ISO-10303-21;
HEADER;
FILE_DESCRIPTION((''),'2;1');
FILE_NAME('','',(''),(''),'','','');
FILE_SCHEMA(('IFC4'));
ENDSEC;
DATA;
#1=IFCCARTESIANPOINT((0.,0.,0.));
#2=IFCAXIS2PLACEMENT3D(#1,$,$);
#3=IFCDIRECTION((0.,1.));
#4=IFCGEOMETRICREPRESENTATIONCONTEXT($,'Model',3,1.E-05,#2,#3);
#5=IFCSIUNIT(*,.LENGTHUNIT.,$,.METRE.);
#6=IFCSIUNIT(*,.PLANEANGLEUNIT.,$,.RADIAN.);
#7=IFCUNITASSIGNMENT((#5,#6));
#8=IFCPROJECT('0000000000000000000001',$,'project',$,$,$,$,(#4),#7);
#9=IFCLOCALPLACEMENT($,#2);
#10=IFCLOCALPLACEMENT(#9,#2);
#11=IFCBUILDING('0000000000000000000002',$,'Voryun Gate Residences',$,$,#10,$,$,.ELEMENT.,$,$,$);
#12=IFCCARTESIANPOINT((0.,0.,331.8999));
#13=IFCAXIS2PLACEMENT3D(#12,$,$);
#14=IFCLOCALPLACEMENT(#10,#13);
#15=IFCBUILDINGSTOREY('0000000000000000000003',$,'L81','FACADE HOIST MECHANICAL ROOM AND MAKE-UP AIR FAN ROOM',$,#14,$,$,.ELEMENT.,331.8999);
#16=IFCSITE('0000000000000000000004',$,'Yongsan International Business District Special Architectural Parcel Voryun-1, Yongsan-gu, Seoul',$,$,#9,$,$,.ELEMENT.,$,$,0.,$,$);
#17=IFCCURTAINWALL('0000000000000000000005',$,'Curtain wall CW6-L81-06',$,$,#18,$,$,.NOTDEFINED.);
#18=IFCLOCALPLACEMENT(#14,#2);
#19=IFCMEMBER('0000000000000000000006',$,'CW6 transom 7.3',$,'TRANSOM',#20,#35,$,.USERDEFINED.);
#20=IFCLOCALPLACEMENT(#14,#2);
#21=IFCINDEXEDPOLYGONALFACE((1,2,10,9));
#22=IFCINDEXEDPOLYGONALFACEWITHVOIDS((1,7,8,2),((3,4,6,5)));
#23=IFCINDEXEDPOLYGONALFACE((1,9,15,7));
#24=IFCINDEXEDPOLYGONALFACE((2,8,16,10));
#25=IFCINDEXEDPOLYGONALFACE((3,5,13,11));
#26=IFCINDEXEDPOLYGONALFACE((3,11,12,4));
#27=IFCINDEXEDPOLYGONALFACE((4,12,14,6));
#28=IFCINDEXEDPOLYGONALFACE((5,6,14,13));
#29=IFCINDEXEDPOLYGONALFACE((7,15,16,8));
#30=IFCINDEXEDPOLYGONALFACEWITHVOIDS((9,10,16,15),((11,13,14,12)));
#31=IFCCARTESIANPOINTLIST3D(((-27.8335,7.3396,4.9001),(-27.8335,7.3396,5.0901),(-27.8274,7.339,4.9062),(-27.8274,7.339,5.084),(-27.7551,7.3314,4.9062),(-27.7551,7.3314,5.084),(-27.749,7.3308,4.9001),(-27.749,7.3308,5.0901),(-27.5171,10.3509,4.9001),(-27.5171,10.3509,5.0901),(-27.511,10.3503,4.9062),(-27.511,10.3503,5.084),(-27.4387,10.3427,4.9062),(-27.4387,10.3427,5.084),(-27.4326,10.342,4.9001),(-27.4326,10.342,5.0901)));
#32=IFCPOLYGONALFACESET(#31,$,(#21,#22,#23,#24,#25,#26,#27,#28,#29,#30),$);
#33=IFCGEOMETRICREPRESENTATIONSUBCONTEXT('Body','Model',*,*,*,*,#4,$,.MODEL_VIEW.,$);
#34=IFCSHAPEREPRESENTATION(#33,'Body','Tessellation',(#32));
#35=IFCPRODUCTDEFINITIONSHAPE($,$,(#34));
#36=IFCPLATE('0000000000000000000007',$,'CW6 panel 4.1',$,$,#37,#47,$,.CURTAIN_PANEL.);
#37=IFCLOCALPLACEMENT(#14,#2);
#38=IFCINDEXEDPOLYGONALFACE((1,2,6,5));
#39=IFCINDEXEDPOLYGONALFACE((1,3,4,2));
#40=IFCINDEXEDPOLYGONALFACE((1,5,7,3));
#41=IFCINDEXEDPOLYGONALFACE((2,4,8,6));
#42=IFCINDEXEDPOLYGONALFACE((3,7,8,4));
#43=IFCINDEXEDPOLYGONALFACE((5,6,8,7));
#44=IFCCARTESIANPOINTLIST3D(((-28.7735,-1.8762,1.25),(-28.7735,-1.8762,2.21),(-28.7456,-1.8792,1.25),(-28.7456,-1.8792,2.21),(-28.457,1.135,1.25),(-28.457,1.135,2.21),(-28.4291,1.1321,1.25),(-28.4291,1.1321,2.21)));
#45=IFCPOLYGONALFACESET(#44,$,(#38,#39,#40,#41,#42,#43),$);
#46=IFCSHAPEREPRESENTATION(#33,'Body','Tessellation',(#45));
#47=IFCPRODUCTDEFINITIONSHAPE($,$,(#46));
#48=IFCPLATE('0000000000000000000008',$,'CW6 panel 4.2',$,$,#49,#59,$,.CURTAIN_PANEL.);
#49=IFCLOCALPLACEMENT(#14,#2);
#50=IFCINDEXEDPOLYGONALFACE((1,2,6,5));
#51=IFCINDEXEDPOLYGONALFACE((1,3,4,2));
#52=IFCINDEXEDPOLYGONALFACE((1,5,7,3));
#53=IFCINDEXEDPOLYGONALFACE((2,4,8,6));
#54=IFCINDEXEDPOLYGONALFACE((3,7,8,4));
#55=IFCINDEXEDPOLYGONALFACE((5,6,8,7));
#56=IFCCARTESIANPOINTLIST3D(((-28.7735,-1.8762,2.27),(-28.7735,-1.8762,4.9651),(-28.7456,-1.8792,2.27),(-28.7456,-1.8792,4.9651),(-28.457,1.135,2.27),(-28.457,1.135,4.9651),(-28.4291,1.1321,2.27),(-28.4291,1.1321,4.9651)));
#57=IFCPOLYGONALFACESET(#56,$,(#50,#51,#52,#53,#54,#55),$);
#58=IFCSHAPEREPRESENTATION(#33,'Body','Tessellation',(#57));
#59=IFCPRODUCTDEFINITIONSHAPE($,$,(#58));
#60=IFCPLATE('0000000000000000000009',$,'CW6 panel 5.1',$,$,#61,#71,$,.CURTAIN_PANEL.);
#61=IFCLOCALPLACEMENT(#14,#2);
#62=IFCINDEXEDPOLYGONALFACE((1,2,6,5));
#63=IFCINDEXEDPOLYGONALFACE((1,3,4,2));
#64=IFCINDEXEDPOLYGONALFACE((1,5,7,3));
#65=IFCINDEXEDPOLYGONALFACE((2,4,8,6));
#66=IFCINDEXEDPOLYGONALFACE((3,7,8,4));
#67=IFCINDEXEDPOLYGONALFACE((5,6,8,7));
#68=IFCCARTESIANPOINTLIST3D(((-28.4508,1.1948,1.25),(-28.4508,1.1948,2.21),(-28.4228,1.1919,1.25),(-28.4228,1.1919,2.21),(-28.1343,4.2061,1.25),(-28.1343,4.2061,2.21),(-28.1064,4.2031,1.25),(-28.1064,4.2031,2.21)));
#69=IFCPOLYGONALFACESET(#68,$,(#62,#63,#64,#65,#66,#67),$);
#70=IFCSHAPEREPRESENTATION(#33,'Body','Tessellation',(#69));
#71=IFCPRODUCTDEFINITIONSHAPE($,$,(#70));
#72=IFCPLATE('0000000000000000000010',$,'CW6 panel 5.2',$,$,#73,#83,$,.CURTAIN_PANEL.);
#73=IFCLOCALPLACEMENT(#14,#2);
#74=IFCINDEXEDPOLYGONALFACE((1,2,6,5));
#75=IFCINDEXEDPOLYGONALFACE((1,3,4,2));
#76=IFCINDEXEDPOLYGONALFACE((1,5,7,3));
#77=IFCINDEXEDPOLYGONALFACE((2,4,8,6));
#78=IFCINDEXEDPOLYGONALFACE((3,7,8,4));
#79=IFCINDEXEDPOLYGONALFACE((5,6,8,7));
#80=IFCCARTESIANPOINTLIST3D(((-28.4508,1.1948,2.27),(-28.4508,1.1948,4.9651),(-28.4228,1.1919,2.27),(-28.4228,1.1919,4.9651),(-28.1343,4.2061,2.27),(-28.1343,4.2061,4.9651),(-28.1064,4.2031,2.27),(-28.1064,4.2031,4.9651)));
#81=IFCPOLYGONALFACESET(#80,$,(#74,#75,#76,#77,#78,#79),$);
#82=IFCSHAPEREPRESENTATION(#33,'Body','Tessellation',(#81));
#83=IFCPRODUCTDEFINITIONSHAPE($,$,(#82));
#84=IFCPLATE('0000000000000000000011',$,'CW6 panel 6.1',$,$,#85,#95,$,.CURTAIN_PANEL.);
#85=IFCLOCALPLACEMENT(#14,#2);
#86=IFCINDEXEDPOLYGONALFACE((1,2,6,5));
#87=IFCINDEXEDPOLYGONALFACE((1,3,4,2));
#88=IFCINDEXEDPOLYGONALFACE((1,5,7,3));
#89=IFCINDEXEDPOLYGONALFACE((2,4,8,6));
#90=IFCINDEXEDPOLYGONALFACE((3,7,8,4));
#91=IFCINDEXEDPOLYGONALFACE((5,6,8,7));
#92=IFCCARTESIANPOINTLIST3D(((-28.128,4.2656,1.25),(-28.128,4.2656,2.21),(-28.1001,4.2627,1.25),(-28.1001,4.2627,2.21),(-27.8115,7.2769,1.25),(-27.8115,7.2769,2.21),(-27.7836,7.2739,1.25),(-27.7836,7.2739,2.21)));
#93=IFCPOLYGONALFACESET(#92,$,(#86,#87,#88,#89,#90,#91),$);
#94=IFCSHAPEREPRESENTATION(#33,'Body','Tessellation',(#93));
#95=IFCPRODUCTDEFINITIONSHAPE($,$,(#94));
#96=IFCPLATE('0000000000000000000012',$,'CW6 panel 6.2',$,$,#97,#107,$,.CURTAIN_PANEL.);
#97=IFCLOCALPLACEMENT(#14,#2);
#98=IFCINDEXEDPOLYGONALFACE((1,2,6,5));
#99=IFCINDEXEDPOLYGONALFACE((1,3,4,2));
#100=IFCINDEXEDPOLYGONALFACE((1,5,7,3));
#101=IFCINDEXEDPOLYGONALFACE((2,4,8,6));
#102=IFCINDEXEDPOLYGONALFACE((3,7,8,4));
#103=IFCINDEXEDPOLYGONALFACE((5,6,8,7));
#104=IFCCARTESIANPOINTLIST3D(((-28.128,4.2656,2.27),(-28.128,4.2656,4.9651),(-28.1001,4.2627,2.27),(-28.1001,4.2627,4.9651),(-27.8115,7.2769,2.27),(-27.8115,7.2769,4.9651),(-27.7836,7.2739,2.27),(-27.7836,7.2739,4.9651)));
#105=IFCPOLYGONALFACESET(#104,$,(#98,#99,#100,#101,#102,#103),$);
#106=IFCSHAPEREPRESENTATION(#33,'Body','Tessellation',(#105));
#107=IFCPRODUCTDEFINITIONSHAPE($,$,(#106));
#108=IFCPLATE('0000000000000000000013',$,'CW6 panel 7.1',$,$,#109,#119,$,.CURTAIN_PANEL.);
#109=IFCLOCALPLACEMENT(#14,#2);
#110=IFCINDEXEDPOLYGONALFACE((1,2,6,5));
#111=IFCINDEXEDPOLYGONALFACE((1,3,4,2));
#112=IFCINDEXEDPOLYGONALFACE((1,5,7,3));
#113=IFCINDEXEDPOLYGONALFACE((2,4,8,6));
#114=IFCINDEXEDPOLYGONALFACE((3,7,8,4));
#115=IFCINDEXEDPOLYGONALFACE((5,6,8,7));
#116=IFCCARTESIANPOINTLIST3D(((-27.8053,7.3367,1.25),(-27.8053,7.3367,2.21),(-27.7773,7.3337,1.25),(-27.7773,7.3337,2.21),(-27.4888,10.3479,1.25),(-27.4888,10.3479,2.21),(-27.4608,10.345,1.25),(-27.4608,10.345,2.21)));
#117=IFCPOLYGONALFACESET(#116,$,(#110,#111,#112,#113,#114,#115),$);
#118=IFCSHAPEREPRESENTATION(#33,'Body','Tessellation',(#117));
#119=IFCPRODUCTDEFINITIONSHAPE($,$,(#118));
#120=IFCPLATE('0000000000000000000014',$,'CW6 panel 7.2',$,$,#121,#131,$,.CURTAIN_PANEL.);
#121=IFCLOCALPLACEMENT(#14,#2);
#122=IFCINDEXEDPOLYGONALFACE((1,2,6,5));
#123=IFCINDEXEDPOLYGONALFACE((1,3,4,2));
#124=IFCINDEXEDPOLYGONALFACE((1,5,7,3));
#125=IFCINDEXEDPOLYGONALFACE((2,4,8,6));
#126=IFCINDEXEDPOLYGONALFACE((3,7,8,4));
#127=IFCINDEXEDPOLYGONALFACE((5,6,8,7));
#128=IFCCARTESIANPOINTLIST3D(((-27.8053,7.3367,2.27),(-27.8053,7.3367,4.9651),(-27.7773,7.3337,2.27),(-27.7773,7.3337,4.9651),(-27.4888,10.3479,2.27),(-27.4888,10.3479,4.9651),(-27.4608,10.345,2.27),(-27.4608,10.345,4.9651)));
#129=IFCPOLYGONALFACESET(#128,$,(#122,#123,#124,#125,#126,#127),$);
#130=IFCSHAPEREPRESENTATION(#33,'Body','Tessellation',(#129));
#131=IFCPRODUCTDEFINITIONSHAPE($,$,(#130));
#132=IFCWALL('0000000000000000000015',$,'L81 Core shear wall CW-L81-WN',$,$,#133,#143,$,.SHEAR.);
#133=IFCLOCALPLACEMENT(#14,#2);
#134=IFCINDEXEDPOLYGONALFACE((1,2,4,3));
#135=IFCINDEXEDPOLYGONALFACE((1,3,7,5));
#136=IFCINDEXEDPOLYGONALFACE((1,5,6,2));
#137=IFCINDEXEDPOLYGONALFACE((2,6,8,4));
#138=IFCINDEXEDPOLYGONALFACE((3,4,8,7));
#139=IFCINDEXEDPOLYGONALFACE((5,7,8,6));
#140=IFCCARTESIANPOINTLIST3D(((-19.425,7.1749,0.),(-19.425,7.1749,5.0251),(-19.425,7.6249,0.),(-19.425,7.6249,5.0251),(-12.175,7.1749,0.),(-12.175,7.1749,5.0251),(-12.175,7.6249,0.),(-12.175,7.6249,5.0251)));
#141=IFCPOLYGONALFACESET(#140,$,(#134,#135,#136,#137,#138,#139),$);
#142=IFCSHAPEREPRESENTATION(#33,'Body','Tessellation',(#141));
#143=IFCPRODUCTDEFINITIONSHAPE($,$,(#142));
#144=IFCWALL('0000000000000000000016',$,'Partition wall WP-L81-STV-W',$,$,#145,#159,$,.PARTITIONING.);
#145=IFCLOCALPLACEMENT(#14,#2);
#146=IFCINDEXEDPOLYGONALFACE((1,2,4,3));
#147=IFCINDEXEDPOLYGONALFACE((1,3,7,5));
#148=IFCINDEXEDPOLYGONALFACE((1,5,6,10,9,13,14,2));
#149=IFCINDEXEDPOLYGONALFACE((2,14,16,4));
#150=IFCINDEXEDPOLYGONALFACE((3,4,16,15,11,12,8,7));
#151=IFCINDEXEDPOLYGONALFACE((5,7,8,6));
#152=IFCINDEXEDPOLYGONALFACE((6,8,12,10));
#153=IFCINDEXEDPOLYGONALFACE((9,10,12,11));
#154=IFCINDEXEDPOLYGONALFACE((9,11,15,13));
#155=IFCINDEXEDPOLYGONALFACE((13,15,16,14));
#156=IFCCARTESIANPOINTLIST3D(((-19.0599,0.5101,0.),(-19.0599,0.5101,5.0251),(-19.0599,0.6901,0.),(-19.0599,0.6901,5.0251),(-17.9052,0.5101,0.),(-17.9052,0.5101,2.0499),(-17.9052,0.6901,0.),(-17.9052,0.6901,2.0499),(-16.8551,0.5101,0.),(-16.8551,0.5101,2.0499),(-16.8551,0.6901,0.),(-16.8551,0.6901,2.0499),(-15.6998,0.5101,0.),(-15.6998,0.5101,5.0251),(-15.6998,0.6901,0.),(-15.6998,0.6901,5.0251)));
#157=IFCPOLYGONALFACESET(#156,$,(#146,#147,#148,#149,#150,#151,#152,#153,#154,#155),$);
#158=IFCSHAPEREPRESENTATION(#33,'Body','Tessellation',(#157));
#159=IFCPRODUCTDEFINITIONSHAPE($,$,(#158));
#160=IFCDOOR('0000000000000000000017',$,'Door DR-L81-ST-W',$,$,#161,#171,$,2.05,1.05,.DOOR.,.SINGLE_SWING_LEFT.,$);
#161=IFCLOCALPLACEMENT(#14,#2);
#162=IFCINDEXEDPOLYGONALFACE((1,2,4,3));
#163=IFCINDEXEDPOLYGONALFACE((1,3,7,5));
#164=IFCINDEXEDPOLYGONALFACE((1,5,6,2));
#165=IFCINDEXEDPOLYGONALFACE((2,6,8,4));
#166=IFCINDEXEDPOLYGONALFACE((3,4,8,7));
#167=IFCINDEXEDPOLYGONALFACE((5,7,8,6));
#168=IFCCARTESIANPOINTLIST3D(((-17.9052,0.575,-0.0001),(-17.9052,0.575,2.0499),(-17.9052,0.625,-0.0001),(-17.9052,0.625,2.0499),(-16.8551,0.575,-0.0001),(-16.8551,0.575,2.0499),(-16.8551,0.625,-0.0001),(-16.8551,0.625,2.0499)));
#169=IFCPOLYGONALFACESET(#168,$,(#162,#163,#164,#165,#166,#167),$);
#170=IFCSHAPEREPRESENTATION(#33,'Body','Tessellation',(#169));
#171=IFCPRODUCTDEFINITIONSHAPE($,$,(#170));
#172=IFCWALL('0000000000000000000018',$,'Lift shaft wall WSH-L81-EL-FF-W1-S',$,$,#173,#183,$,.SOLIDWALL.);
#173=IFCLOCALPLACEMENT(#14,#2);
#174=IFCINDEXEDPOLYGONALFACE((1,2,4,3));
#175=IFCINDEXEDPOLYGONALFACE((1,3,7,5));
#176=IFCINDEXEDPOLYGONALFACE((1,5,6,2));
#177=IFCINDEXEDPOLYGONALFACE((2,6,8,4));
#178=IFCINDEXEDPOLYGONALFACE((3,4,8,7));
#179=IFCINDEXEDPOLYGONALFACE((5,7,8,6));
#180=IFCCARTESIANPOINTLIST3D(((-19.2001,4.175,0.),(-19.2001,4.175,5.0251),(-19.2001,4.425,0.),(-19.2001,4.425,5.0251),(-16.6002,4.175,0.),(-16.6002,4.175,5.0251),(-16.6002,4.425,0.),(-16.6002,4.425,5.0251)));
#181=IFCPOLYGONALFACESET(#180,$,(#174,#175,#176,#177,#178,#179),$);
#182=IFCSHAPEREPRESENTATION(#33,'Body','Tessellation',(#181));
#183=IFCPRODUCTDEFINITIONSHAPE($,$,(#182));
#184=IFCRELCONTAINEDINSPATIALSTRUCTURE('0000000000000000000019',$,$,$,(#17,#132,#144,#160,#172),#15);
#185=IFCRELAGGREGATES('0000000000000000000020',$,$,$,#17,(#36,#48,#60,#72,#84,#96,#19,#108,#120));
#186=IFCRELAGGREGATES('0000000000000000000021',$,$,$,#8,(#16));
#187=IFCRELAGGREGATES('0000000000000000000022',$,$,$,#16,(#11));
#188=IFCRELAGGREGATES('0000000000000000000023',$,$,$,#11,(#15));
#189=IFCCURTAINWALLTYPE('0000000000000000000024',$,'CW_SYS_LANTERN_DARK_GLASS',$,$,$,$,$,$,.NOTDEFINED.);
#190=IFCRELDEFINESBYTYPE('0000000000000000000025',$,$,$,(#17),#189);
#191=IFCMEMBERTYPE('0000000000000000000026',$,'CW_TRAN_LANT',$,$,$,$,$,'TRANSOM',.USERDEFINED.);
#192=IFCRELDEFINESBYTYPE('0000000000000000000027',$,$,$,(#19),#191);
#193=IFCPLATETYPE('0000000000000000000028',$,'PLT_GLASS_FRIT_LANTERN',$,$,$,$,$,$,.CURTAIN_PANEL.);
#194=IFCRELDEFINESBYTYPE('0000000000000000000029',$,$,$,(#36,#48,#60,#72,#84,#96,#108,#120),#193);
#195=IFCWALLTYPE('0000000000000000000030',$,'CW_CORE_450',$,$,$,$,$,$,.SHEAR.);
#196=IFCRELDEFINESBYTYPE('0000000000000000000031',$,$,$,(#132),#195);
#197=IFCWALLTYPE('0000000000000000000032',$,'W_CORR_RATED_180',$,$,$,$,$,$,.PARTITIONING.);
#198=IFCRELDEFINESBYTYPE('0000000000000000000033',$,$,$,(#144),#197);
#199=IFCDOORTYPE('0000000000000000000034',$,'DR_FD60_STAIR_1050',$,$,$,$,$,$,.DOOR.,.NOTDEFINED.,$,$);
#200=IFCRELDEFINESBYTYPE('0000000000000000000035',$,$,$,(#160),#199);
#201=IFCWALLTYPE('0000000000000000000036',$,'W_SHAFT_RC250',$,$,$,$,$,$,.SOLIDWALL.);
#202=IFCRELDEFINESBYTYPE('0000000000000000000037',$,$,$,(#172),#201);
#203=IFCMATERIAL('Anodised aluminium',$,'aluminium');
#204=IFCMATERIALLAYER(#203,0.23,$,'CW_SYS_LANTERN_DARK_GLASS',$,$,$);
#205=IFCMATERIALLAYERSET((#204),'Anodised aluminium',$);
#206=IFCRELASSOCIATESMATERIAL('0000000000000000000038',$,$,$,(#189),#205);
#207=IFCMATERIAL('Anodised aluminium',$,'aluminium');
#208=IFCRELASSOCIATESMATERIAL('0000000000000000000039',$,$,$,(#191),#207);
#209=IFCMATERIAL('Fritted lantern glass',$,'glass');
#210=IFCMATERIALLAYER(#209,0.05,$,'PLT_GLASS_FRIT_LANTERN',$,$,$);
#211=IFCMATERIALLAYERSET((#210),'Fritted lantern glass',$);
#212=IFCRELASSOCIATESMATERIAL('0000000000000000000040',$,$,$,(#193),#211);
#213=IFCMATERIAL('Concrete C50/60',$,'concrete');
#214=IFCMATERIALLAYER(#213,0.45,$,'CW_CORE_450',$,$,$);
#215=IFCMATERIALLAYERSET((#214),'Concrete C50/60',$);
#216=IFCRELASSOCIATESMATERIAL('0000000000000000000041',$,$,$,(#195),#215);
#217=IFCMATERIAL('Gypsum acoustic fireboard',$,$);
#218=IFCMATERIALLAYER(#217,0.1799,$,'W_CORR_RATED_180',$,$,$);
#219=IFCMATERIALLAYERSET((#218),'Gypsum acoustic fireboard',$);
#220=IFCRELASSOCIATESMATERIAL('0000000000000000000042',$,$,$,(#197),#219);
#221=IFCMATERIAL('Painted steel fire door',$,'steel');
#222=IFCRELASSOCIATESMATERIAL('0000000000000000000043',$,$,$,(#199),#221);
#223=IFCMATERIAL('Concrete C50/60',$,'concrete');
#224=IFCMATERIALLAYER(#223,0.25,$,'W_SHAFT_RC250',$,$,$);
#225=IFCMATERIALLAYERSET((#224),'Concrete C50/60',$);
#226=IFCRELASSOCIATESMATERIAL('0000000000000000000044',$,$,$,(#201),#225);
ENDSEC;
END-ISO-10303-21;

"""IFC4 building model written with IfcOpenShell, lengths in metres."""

from ifc_helpers import new_model, si_unit, direction, frame, frame_2d, origin, origin_2d, place, context, subcontext, project, spatial, rectangle, hollow_rectangle, extrude, material, layer, layer_set, material_profile, profile_set, type_object, element, fill, aggregate, save


model = new_model("IFC4")

# Units and contexts
model_context = context("Model", 3, precision=1e-05, world=origin(), true_north=direction((0.0, 1.0)))
body_context = subcontext(model_context, "Body", "Model", "MODEL_VIEW")
ifc_project = project(units=[si_unit("LENGTHUNIT", "METRE"), si_unit("PLANEANGLEUNIT", "RADIAN")], contexts=[model_context])

# Site, building, storey
site_placement = place(None, origin())
site = spatial("IfcSite", under=ifc_project, at=site_placement, Name="Yongsan International Business District Special Architectural Parcel Voryun-1, Yongsan-gu, Seoul", CompositionType="ELEMENT", RefElevation=0.0)
building_placement = place(site_placement, origin())
building = spatial("IfcBuilding", under=site, at=building_placement, Name="Voryun Gate Residences", CompositionType="ELEMENT")
storey_placement = place(building_placement, frame((0.0, 0.0, 331.8999)))
storey = spatial("IfcBuildingStorey", under=building, at=storey_placement, Name="L81", Description="FACADE HOIST MECHANICAL ROOM AND MAKE-UP AIR FAN ROOM", CompositionType="ELEMENT", Elevation=331.8999)

# Curtain wall, member, plates
ifc_material_1 = material(Name="Anodised aluminium", Category="aluminium")
ifc_layer_1 = layer(ifc_material_1, 0.23, Name="CW_SYS_LANTERN_DARK_GLASS")
ifc_layer_set_1 = layer_set([ifc_layer_1], Name="Anodised aluminium")
curtain_wall_type = type_object("IfcCurtainWallType", Name="CW_SYS_LANTERN_DARK_GLASS", PredefinedType="NOTDEFINED", material=ifc_layer_set_1)
curtain_wall_placement = place(storey_placement, origin())
curtain_wall = element("IfcCurtainWall", 1, at=curtain_wall_placement, inside=storey, type_object=curtain_wall_type, Name="Curtain wall CW6-L81-06", PredefinedType="NOTDEFINED")
ifc_material_2 = material(Name="Anodised aluminium", Category="aluminium")
ifc_material_profile_1 = material_profile(ifc_material_2, hollow_rectangle(XDim=0.085, YDim=0.1899, WallThickness=0.0061, at=origin_2d()), Name="ALU-TRAN-190x85x6")
ifc_profile_set_1 = profile_set([ifc_material_profile_1], Name="Anodised aluminium")
member_type_1 = type_object("IfcMemberType", Name="CW_TRAN_LANT", ElementType="TRANSOM", PredefinedType="USERDEFINED", material=ifc_profile_set_1)
member_1_placement = place(storey_placement, frame((-27.7913, 7.3352, 4.9951), z_axis=(0.1045, 0.994525, 0.0), x_axis=(-0.994525, 0.1045, 0.0)))
member_1 = element("IfcMember", 2, at=member_1_placement, type_object=member_type_1, Name="CW6 transom 7.3", ObjectType="TRANSOM", PredefinedType="USERDEFINED", context=body_context, shape_type="SweptSolid", body=[
    extrude(hollow_rectangle(XDim=0.085, YDim=0.1899, WallThickness=0.0061, at=origin_2d()), origin(), (0.0, 0.0, 1.0), 3.0278),
])
ifc_material_3 = material(Name="Fritted lantern glass", Category="glass")
ifc_layer_2 = layer(ifc_material_3, 0.05, Name="PLT_GLASS_FRIT_LANTERN")
ifc_layer_set_2 = layer_set([ifc_layer_2], Name="Fritted lantern glass")
plate_type = type_object("IfcPlateType", Name="PLT_GLASS_FRIT_LANTERN", PredefinedType="CURTAIN_PANEL", material=ifc_layer_set_2)
plate_1_placement = place(storey_placement, frame((-28.6013, -0.3721, 1.25), z_axis=(0.0, 0.0, 1.0), x_axis=(0.104528, 0.994522, 0.0)))
plate_1 = element("IfcPlate", 3, at=plate_1_placement, type_object=plate_type, Name="CW6 panel 4.1", PredefinedType="CURTAIN_PANEL", context=body_context, shape_type="SweptSolid", body=[
    extrude(rectangle(XDim=3.0278, YDim=0.0281, at=origin_2d()), origin(), (0.0, 0.0, 1.0), 0.96),
])
plate_2_placement = place(storey_placement, frame((-28.6013, -0.3721, 2.27), z_axis=(0.0, 0.0, 1.0), x_axis=(0.104528, 0.994522, 0.0)))
plate_2 = element("IfcPlate", 4, at=plate_2_placement, type_object=plate_type, Name="CW6 panel 4.2", PredefinedType="CURTAIN_PANEL", context=body_context, shape_type="SweptSolid", body=[
    extrude(rectangle(XDim=3.0278, YDim=0.0281, at=origin_2d()), origin(), (0.0, 0.0, 1.0), 2.6951),
])
plate_3_placement = place(storey_placement, frame((-28.2786, 2.699, 1.25), z_axis=(0.0, 0.0, 1.0), x_axis=(0.104528, 0.994522, 0.0)))
plate_3 = element("IfcPlate", 5, at=plate_3_placement, type_object=plate_type, Name="CW6 panel 5.1", PredefinedType="CURTAIN_PANEL", context=body_context, shape_type="SweptSolid", body=[
    extrude(rectangle(XDim=3.0278, YDim=0.0281, at=origin_2d()), origin(), (0.0, 0.0, 1.0), 0.96),
])
plate_4_placement = place(storey_placement, frame((-28.2786, 2.699, 2.27), z_axis=(0.0, 0.0, 1.0), x_axis=(0.104528, 0.994522, 0.0)))
plate_4 = element("IfcPlate", 6, at=plate_4_placement, type_object=plate_type, Name="CW6 panel 5.2", PredefinedType="CURTAIN_PANEL", context=body_context, shape_type="SweptSolid", body=[
    extrude(rectangle(XDim=3.0278, YDim=0.0281, at=origin_2d()), origin(), (0.0, 0.0, 1.0), 2.6951),
])
plate_5_placement = place(storey_placement, frame((-27.9558, 5.7698, 1.25), z_axis=(0.0, 0.0, 1.0), x_axis=(0.104528, 0.994522, 0.0)))
plate_5 = element("IfcPlate", 7, at=plate_5_placement, type_object=plate_type, Name="CW6 panel 6.1", PredefinedType="CURTAIN_PANEL", context=body_context, shape_type="SweptSolid", body=[
    extrude(rectangle(XDim=3.0278, YDim=0.0281, at=origin_2d()), origin(), (0.0, 0.0, 1.0), 0.96),
])
plate_6_placement = place(storey_placement, frame((-27.9558, 5.7698, 2.27), z_axis=(0.0, 0.0, 1.0), x_axis=(0.104528, 0.994522, 0.0)))
plate_6 = element("IfcPlate", 8, at=plate_6_placement, type_object=plate_type, Name="CW6 panel 6.2", PredefinedType="CURTAIN_PANEL", context=body_context, shape_type="SweptSolid", body=[
    extrude(rectangle(XDim=3.0278, YDim=0.0281, at=origin_2d()), origin(), (0.0, 0.0, 1.0), 2.6951),
])
plate_7_placement = place(storey_placement, frame((-27.6331, 8.8408, 1.25), z_axis=(0.0, 0.0, 1.0), x_axis=(0.104528, 0.994522, 0.0)))
plate_7 = element("IfcPlate", 9, at=plate_7_placement, type_object=plate_type, Name="CW6 panel 7.1", PredefinedType="CURTAIN_PANEL", context=body_context, shape_type="SweptSolid", body=[
    extrude(rectangle(XDim=3.0278, YDim=0.0281, at=origin_2d()), origin(), (0.0, 0.0, 1.0), 0.96),
])
plate_8_placement = place(storey_placement, frame((-27.6331, 8.8408, 2.27), z_axis=(0.0, 0.0, 1.0), x_axis=(0.104528, 0.994522, 0.0)))
plate_8 = element("IfcPlate", 10, at=plate_8_placement, type_object=plate_type, Name="CW6 panel 7.2", PredefinedType="CURTAIN_PANEL", context=body_context, shape_type="SweptSolid", body=[
    extrude(rectangle(XDim=3.0278, YDim=0.0281, at=origin_2d()), origin(), (0.0, 0.0, 1.0), 2.6951),
])
aggregate(curtain_wall, [plate_1, plate_2, plate_3, plate_4, plate_5, plate_6, member_1, plate_7, plate_8])

# Wall
ifc_material_4 = material(Name="Concrete C50/60", Category="concrete")
ifc_layer_3 = layer(ifc_material_4, 0.45, Name="CW_CORE_450")
ifc_layer_set_3 = layer_set([ifc_layer_3], Name="Concrete C50/60")
wall_type_1 = type_object("IfcWallType", Name="CW_CORE_450", PredefinedType="SHEAR", material=ifc_layer_set_3)
wall_1_placement = place(storey_placement, frame((-19.425, 7.3999, 0.0), z_axis=(0.0, 0.0, 1.0), x_axis=(1.0, 0.0, 0.0)))
element("IfcWall", 11, at=wall_1_placement, inside=storey, type_object=wall_type_1, Name="L81 Core shear wall CW-L81-WN", PredefinedType="SHEAR", context=body_context, shape_type="SweptSolid", body=[
    extrude(rectangle(XDim=7.25, YDim=0.45, at=frame_2d((3.625, 0.0))), origin(), (0.0, 0.0, 1.0), 5.0251),
])

# Wall, opening, door
ifc_material_5 = material(Name="Gypsum acoustic fireboard")
ifc_layer_4 = layer(ifc_material_5, 0.1799, Name="W_CORR_RATED_180")
ifc_layer_set_4 = layer_set([ifc_layer_4], Name="Gypsum acoustic fireboard")
wall_type_2 = type_object("IfcWallType", Name="W_CORR_RATED_180", PredefinedType="PARTITIONING", material=ifc_layer_set_4)
wall_2_placement = place(storey_placement, frame((-19.0601, 0.6001, 0.0), z_axis=(0.0, 0.0, 1.0), x_axis=(1.0, 0.0, 0.0)))
wall_2 = element("IfcWall", 12, at=wall_2_placement, inside=storey, type_object=wall_type_2, Name="Partition wall WP-L81-STV-W", PredefinedType="PARTITIONING", context=body_context, shape_type="SweptSolid", body=[
    extrude(rectangle(XDim=3.3601, YDim=0.1799, at=frame_2d((1.6802, 0.0))), origin(), (0.0, 0.0, 1.0), 5.0251),
])
opening_placement = place(wall_2_placement, frame((1.155, 0.0, 0.0)))
opening = element("IfcOpeningElement", 13, at=opening_placement, cuts=wall_2, PredefinedType="OPENING", context=body_context, shape_type="SweptSolid", body=[
    extrude(rectangle(XDim=1.05, YDim=2.05, at=frame_2d((0.5249, 1.0249))), frame((0.0, 0.0999, 0.0), z_axis=(0.0, -1.0, 0.0), x_axis=(1.0, 0.0, 0.0)), (0.0, 0.0, 1.0), 0.2),
])
ifc_material_6 = material(Name="Painted steel fire door", Category="steel")
door_type = type_object("IfcDoorType", Name="DR_FD60_STAIR_1050", OperationType="NOTDEFINED", PredefinedType="DOOR", material=ifc_material_6)
door_placement = place(opening_placement, origin())
door = element("IfcDoor", 14, at=door_placement, inside=storey, type_object=door_type, Name="Door DR-L81-ST-W", OperationType="SINGLE_SWING_LEFT", OverallHeight=2.05, OverallWidth=1.05, PredefinedType="DOOR", context=body_context, shape_type="SweptSolid", body=[
    extrude(rectangle(XDim=1.05, YDim=2.05, at=frame_2d((0.5249, 1.0249))), frame((0.0, 0.0249, 0.0), z_axis=(0.0, -1.0, 0.0), x_axis=(1.0, 0.0, 0.0)), (0.0, 0.0, 1.0), 0.05),
])
fill(opening, door)

# Wall
ifc_material_7 = material(Name="Concrete C50/60", Category="concrete")
ifc_layer_5 = layer(ifc_material_7, 0.25, Name="W_SHAFT_RC250")
ifc_layer_set_5 = layer_set([ifc_layer_5], Name="Concrete C50/60")
wall_type_3 = type_object("IfcWallType", Name="W_SHAFT_RC250", PredefinedType="SOLIDWALL", material=ifc_layer_set_5)
wall_3_placement = place(storey_placement, frame((-19.2, 4.3, 0.0), z_axis=(0.0, 0.0, 1.0), x_axis=(1.0, 0.0, 0.0)))
element("IfcWall", 15, at=wall_3_placement, inside=storey, type_object=wall_type_3, Name="Lift shaft wall WSH-L81-EL-FF-W1-S", PredefinedType="SOLIDWALL", context=body_context, shape_type="SweptSolid", body=[
    extrude(rectangle(XDim=2.5999, YDim=0.25, at=frame_2d((1.2998, 0.0))), origin(), (0.0, 0.0, 1.0), 5.0251),
])

save(model, "model.ifc")
